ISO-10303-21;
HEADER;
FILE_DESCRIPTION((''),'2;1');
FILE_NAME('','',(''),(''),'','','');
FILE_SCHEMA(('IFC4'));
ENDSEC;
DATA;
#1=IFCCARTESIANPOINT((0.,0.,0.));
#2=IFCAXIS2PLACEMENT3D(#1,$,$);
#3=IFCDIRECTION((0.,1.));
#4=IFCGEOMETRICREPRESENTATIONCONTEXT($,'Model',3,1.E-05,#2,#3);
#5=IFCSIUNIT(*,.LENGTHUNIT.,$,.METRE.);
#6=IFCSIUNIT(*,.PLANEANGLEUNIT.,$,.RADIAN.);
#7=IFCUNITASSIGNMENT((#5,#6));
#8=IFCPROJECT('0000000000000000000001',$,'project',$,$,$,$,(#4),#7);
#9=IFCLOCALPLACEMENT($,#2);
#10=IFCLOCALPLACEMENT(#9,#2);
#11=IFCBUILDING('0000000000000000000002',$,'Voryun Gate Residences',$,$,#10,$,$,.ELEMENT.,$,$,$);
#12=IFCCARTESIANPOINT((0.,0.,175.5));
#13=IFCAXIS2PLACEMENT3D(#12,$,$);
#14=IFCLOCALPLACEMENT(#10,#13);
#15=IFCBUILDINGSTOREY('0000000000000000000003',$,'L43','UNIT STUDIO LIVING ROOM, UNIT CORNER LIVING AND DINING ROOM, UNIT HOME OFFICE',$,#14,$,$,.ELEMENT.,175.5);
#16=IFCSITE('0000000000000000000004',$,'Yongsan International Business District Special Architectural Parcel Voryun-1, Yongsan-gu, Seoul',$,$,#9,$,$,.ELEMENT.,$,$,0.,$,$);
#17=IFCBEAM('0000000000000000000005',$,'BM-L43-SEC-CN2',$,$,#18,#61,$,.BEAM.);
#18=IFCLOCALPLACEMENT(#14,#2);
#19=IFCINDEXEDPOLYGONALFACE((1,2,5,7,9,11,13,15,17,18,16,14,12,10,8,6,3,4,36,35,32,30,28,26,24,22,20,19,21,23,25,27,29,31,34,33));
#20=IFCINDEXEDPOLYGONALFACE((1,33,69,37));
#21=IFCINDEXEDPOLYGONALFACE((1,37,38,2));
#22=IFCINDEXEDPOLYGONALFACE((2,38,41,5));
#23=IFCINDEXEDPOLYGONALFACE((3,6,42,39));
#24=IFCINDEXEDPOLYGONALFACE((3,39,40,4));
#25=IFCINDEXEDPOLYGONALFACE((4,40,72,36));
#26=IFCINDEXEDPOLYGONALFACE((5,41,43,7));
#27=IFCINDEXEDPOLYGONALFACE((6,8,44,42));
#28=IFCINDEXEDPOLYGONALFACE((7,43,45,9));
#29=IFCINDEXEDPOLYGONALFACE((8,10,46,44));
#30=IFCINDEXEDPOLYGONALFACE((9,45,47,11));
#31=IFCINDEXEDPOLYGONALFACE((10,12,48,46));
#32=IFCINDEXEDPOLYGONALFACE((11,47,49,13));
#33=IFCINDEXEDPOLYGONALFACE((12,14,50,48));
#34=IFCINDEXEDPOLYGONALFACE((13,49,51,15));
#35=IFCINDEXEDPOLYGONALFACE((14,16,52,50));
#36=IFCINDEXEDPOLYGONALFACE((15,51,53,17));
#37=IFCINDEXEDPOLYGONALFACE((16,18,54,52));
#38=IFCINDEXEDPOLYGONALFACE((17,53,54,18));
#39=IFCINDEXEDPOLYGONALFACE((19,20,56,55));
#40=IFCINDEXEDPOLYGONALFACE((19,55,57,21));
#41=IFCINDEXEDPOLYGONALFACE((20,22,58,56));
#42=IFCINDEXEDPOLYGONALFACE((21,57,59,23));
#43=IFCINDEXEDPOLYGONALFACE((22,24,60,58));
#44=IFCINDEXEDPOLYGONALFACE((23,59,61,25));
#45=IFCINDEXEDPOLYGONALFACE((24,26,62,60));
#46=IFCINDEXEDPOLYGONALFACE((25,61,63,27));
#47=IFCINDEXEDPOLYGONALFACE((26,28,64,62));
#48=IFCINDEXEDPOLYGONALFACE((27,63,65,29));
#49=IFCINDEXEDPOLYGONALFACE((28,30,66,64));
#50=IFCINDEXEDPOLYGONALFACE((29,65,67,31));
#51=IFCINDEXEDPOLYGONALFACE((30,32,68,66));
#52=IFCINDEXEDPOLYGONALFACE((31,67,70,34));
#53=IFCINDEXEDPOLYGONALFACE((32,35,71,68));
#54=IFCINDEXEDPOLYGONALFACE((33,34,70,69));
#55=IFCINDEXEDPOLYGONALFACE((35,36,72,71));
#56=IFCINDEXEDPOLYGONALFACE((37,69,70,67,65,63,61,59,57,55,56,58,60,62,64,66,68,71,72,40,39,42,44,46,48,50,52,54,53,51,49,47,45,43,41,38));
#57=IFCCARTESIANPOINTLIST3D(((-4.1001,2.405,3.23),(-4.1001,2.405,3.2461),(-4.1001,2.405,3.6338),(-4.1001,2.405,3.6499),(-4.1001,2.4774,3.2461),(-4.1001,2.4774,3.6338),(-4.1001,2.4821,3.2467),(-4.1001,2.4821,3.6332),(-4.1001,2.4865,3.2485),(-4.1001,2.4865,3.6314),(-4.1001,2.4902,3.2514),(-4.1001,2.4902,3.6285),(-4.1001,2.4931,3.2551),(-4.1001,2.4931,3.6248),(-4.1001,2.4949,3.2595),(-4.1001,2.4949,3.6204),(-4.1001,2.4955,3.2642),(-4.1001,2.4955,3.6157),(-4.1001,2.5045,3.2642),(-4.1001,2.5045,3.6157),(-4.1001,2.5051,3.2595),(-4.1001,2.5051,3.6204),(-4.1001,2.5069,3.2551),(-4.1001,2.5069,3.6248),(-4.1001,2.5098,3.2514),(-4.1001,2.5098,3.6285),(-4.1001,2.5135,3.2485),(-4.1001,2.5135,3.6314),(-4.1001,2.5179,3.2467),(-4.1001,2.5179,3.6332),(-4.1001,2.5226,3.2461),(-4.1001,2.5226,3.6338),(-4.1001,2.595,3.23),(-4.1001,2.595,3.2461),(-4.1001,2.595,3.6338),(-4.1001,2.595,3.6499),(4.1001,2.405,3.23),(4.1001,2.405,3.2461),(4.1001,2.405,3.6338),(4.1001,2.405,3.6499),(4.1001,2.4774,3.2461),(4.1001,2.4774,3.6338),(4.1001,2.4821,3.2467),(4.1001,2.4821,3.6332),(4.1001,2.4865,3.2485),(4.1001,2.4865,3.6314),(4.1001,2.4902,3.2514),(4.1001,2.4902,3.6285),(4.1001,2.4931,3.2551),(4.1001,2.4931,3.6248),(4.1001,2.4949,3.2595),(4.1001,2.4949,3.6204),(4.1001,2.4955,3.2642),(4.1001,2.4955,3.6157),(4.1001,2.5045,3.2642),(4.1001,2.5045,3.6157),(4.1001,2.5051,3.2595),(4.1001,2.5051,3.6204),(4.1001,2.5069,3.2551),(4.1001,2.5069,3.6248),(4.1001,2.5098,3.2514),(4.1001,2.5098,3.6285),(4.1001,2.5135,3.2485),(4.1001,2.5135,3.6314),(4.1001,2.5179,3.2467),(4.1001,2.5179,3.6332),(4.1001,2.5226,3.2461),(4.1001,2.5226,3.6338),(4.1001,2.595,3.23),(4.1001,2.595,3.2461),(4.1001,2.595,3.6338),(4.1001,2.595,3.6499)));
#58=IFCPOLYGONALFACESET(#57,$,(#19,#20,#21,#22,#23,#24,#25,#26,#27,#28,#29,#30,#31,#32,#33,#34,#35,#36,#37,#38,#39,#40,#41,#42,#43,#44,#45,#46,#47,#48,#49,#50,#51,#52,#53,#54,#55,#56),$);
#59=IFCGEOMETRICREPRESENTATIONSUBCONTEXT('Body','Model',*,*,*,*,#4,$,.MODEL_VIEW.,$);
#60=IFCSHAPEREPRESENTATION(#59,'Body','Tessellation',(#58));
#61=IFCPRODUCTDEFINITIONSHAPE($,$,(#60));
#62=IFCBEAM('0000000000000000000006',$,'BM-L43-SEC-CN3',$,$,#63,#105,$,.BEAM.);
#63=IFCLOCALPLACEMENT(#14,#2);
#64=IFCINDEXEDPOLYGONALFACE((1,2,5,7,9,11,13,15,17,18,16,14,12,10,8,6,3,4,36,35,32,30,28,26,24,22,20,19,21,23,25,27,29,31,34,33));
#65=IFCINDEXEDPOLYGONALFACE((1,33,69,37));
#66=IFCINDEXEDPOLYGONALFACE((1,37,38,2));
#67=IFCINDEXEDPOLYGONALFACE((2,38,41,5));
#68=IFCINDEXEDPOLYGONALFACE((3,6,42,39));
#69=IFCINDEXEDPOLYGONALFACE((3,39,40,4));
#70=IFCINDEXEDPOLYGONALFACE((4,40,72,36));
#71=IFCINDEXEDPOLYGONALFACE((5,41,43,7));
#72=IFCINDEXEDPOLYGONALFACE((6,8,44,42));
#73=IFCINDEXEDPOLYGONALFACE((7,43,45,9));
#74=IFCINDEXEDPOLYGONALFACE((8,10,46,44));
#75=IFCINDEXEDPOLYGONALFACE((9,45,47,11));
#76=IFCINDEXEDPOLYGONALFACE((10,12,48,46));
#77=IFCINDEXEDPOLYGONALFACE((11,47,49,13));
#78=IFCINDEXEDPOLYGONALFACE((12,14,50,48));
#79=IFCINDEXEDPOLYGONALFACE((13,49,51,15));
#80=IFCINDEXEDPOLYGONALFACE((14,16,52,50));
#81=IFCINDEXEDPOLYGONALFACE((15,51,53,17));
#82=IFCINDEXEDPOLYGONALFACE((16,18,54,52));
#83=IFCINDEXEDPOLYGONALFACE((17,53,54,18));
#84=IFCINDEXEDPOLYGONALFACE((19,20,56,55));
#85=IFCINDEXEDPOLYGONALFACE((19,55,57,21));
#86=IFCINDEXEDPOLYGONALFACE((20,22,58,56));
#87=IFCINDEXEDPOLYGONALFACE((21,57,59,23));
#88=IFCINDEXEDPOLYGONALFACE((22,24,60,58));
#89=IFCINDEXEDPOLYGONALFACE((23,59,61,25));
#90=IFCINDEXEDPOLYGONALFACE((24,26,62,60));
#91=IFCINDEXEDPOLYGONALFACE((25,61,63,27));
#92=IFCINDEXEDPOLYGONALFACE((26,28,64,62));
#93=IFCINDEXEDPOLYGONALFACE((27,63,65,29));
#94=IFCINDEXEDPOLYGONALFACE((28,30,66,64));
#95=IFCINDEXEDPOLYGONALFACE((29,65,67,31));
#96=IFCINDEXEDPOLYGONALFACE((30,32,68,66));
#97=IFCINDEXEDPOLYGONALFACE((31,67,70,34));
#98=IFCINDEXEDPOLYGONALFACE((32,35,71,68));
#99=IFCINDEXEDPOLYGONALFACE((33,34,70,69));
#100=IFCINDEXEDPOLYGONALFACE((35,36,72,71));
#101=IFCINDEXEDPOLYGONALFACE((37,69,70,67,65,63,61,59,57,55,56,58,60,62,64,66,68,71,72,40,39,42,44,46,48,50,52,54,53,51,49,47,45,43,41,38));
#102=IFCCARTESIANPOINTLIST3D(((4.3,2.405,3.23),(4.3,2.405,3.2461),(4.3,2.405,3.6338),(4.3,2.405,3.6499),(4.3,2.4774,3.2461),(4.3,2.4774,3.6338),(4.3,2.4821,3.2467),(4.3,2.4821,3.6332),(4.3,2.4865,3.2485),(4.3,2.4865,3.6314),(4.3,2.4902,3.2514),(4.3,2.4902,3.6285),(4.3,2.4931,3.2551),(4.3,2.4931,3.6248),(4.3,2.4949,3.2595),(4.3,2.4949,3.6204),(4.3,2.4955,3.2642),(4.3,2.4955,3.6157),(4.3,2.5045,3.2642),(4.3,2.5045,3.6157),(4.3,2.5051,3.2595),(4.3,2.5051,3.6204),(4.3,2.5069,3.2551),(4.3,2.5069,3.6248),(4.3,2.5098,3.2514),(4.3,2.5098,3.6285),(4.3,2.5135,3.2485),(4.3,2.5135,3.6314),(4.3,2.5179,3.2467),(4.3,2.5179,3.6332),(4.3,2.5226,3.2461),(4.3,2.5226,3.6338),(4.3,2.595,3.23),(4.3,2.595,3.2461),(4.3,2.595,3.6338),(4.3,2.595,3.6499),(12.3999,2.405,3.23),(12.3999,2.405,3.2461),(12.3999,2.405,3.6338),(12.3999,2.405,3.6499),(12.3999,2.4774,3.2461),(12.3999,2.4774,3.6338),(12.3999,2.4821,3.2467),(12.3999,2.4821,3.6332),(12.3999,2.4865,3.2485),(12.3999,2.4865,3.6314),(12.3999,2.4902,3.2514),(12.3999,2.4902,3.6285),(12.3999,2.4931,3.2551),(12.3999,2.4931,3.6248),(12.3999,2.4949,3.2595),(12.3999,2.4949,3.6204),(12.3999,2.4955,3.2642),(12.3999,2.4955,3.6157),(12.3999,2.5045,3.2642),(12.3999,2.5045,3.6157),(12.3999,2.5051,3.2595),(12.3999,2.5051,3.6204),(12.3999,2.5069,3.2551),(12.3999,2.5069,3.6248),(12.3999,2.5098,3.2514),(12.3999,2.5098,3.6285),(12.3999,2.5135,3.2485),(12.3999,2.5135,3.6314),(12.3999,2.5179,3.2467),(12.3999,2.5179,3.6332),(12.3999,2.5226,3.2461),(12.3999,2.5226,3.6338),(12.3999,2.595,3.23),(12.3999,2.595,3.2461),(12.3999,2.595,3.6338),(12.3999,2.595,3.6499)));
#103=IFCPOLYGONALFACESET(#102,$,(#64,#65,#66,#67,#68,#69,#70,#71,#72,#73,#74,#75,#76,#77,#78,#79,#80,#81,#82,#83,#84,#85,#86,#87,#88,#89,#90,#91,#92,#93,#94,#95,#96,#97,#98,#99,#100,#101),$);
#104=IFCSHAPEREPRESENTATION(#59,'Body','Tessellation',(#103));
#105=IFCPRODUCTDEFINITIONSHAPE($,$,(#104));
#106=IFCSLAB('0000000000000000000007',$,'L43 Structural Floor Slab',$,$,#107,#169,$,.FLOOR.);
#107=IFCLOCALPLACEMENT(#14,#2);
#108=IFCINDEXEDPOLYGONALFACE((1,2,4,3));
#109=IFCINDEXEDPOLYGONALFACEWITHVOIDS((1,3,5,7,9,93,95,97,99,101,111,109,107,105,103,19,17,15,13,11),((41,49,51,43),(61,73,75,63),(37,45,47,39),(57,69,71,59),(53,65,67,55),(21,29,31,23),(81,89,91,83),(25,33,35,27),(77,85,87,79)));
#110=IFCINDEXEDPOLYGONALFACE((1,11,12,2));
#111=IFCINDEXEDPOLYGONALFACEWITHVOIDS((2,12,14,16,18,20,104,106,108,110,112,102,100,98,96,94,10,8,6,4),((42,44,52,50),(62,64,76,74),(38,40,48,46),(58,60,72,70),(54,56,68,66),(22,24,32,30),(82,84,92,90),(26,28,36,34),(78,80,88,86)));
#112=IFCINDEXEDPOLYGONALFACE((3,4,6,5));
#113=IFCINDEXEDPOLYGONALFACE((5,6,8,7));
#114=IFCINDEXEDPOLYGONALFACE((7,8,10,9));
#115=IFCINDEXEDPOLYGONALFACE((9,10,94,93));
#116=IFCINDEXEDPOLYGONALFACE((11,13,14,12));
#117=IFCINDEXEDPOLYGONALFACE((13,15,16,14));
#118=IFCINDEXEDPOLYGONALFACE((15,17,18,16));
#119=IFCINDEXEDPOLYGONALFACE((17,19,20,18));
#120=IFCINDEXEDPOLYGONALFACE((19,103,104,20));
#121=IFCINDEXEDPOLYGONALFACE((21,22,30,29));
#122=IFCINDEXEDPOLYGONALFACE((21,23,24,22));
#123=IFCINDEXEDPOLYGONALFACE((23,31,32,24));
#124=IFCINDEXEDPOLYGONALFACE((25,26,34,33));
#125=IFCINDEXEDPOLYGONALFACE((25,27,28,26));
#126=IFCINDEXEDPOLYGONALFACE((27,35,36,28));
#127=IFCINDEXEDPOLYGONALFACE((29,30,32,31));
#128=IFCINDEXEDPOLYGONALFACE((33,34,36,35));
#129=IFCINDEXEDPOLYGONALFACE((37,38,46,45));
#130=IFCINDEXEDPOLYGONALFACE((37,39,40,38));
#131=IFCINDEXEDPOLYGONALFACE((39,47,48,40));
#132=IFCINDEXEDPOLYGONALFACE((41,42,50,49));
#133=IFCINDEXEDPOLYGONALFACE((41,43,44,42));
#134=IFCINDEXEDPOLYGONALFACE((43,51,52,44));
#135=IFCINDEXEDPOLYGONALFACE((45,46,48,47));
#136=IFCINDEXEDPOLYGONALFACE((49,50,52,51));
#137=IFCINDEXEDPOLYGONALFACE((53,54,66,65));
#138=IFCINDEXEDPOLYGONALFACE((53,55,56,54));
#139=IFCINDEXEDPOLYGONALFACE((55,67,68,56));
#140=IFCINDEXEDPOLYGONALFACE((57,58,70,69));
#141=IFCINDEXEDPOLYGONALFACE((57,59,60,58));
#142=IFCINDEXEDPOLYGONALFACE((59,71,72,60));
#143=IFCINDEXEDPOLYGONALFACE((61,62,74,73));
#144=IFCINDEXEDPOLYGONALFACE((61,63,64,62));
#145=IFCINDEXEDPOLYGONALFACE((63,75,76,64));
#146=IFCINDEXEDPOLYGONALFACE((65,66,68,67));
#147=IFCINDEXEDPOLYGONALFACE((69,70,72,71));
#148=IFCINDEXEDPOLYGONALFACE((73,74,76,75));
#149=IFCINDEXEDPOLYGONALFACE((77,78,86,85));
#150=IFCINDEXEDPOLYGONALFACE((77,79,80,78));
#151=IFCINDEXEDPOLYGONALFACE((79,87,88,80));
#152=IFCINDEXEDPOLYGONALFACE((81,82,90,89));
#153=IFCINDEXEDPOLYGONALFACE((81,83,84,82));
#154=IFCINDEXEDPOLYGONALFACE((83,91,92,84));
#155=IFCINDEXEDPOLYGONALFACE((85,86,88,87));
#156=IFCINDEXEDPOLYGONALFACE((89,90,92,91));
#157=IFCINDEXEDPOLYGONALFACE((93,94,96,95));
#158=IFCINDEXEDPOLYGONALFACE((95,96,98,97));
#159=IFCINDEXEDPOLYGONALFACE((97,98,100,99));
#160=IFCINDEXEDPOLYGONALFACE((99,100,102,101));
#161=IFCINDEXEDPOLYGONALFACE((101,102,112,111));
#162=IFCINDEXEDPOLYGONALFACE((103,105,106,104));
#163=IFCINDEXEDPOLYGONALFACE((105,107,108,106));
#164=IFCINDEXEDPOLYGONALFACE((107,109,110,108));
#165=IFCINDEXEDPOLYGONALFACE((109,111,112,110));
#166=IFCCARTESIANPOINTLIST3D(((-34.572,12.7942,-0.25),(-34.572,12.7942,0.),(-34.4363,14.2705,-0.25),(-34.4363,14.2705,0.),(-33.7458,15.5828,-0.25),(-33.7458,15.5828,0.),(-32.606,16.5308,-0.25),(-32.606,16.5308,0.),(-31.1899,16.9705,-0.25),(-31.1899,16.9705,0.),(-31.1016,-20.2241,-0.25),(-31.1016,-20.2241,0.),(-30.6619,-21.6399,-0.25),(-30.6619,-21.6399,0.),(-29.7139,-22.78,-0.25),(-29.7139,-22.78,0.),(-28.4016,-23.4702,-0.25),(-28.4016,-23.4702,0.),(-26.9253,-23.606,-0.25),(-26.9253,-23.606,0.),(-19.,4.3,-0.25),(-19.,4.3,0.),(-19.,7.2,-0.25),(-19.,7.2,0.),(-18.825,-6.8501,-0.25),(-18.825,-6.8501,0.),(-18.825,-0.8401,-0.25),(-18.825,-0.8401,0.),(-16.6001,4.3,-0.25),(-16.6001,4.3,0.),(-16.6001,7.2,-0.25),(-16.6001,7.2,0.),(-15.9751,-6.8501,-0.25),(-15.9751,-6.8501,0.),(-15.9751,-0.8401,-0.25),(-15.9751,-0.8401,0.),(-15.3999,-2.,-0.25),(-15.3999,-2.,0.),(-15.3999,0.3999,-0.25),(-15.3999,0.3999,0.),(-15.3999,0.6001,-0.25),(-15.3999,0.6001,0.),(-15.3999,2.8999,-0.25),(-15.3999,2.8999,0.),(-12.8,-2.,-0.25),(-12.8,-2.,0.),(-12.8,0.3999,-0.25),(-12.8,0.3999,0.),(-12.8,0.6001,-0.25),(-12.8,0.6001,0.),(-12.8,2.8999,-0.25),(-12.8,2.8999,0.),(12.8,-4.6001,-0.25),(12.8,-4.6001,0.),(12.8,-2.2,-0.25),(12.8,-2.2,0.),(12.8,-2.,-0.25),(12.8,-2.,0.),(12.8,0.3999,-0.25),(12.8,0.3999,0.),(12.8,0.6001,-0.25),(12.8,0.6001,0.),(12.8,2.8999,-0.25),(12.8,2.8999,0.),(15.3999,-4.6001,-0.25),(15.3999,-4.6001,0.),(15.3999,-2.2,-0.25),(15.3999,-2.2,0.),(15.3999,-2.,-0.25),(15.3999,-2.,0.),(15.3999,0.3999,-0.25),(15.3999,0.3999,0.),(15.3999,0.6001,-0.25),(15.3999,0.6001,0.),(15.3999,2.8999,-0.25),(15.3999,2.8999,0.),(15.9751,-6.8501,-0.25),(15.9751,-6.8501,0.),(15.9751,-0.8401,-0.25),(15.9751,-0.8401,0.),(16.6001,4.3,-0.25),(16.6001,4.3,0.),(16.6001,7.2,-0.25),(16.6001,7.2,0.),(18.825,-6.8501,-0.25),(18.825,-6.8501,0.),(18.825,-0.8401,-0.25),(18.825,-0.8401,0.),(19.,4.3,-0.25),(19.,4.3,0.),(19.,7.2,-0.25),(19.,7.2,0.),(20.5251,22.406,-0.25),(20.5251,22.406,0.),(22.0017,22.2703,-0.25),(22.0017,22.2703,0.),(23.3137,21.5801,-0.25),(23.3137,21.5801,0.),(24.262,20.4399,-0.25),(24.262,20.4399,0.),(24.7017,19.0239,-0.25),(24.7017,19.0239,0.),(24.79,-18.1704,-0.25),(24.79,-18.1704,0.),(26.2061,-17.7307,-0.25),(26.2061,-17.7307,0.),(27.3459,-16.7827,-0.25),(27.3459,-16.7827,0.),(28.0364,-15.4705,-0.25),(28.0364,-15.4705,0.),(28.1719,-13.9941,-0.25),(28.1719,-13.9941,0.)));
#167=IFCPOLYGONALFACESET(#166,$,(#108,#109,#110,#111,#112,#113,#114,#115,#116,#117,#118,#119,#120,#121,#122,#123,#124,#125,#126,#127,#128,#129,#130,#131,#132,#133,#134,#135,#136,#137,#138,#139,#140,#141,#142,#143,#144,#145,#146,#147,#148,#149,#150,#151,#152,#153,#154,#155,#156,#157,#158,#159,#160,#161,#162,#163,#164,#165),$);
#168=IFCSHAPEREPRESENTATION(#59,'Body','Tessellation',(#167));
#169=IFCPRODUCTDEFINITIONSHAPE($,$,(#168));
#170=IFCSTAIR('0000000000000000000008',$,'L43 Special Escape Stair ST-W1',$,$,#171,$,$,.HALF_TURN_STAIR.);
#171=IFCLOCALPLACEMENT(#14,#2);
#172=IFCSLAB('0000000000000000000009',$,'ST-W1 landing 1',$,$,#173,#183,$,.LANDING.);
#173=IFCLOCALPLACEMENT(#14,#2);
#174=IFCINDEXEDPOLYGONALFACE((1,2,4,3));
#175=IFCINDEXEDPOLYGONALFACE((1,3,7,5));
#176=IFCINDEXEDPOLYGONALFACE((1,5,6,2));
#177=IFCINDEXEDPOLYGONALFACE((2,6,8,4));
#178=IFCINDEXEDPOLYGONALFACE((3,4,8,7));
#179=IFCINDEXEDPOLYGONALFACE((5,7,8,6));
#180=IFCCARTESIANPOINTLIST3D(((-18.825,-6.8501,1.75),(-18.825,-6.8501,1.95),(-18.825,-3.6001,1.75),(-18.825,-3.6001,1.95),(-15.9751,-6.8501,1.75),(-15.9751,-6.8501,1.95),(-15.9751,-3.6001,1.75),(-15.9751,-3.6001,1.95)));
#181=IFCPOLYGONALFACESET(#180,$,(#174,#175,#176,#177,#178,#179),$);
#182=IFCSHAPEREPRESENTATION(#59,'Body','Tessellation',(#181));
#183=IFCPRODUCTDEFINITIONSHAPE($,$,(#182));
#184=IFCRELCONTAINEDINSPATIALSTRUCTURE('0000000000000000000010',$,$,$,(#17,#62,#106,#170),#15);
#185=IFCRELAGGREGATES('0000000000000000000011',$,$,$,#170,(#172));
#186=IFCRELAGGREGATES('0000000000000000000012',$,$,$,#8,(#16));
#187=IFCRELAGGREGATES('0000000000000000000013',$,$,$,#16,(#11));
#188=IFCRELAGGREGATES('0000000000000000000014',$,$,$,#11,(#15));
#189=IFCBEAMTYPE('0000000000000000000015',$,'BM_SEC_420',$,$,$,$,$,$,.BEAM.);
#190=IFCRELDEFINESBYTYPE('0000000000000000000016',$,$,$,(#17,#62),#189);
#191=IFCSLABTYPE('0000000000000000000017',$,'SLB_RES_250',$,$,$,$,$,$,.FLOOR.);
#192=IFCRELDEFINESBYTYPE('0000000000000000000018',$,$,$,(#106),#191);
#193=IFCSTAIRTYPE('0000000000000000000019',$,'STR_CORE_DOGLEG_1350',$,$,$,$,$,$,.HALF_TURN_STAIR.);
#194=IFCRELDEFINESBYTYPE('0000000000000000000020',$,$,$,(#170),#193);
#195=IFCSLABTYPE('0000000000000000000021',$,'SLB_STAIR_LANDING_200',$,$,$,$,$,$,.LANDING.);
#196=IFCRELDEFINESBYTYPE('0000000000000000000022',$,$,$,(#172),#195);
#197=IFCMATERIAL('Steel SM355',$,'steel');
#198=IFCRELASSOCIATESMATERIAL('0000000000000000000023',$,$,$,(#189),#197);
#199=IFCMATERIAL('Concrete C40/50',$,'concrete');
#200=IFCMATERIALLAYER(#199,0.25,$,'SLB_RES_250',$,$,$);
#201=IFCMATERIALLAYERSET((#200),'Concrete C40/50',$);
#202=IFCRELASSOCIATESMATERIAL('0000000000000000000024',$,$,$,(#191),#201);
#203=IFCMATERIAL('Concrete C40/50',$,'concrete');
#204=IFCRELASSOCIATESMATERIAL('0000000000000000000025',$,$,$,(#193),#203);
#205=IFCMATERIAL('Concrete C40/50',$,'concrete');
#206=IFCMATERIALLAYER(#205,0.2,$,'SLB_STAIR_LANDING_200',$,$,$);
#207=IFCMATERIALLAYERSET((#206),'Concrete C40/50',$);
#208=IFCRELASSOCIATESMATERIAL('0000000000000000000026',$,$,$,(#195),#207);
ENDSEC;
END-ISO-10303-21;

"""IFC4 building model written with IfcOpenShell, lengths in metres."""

from ifc_helpers import new_model, si_unit, direction, frame, origin, origin_2d, place, context, subcontext, project, spatial, polyline, i_section, outline, extrude, material, layer, layer_set, material_profile, profile_set, type_object, element, aggregate, save


model = new_model("IFC4")

# Units and contexts
model_context = context("Model", 3, precision=1e-05, world=origin(), true_north=direction((0.0, 1.0)))
body_context = subcontext(model_context, "Body", "Model", "MODEL_VIEW")
ifc_project = project(units=[si_unit("LENGTHUNIT", "METRE"), si_unit("PLANEANGLEUNIT", "RADIAN")], contexts=[model_context])

# Site, building, storey
site_placement = place(None, origin())
site = spatial("IfcSite", under=ifc_project, at=site_placement, Name="Yongsan International Business District Special Architectural Parcel Voryun-1, Yongsan-gu, Seoul", CompositionType="ELEMENT", RefElevation=0.0)
building_placement = place(site_placement, origin())
building = spatial("IfcBuilding", under=site, at=building_placement, Name="Voryun Gate Residences", CompositionType="ELEMENT")
storey_placement = place(building_placement, frame((0.0, 0.0, 175.5)))
storey = spatial("IfcBuildingStorey", under=building, at=storey_placement, Name="L43", Description="UNIT STUDIO LIVING ROOM, UNIT CORNER LIVING AND DINING ROOM, UNIT HOME OFFICE", CompositionType="ELEMENT", Elevation=175.5)

# Beams
ifc_material_1 = material(Name="Steel SM355", Category="steel")
ifc_material_profile_1 = material_profile(ifc_material_1, i_section(OverallWidth=0.1899, OverallDepth=0.4199, WebThickness=0.009, FlangeThickness=0.0161, FilletRadius=0.0181, at=origin_2d()), Name="H-420x190x9x16")
ifc_profile_set_1 = profile_set([ifc_material_profile_1], Name="Steel SM355")
beam_type_1 = type_object("IfcBeamType", Name="BM_SEC_420", PredefinedType="BEAM", material=ifc_profile_set_1)
beam_1_placement = place(storey_placement, frame((-4.1001, 2.5, 3.4399), z_axis=(1.0, 0.0, 0.0), x_axis=(0.0, 1.0, 0.0)))
element("IfcBeam", 1, at=beam_1_placement, inside=storey, type_object=beam_type_1, Name="BM-L43-SEC-CN2", PredefinedType="BEAM", context=body_context, shape_type="SweptSolid", body=[
    extrude(i_section(OverallWidth=0.1899, OverallDepth=0.4199, WebThickness=0.009, FlangeThickness=0.0161, FilletRadius=0.0181, at=origin_2d()), origin(), (0.0, 0.0, 1.0), 8.2002),
])
beam_2_placement = place(storey_placement, frame((4.3, 2.5, 3.4399), z_axis=(1.0, 0.0, 0.0), x_axis=(0.0, 1.0, 0.0)))
element("IfcBeam", 2, at=beam_2_placement, inside=storey, type_object=beam_type_1, Name="BM-L43-SEC-CN3", PredefinedType="BEAM", context=body_context, shape_type="SweptSolid", body=[
    extrude(i_section(OverallWidth=0.1899, OverallDepth=0.4199, WebThickness=0.009, FlangeThickness=0.0161, FilletRadius=0.0181, at=origin_2d()), origin(), (0.0, 0.0, 1.0), 8.0999),
])

# Slab
ifc_material_2 = material(Name="Concrete C40/50", Category="concrete")
ifc_layer_1 = layer(ifc_material_2, 0.25, Name="SLB_RES_250")
ifc_layer_set_1 = layer_set([ifc_layer_1], Name="Concrete C40/50")
slab_type_1 = type_object("IfcSlabType", Name="SLB_RES_250", PredefinedType="FLOOR", material=ifc_layer_set_1)
slab_1_placement = place(storey_placement, frame((0.0, 0.0, -0.25)))
element("IfcSlab", 3, at=slab_1_placement, inside=storey, type_object=slab_type_1, Name="L43 Structural Floor Slab", PredefinedType="FLOOR", context=body_context, shape_type="SweptSolid", body=[
    extrude(outline(polyline([(-26.9253, -23.606), (-28.4016, -23.4702), (-29.7139, -22.78), (-30.6619, -21.6399), (-31.1016, -20.2241), (-34.572, 12.7942), (-34.4363, 14.2705), (-33.7458, 15.5828), (-32.606, 16.5308), (-31.1899, 16.9705), (20.5251, 22.406), (22.0017, 22.2703), (23.3137, 21.5801), (24.262, 20.4399), (24.7017, 19.0239), (28.1719, -13.9941), (28.0364, -15.4705), (27.3459, -16.7827), (26.2061, -17.7307), (24.79, -18.1704), (-26.9253, -23.606)]), holes=[polyline([(-15.9751, -6.8501), (-15.9751, -0.8401), (-18.825, -0.8401), (-18.825, -6.8501), (-15.9751, -6.8501)]), polyline([(18.825, -6.8501), (18.825, -0.8401), (15.9751, -0.8401), (15.9751, -6.8501), (18.825, -6.8501)]), polyline([(15.3999, -2.2), (12.8, -2.2), (12.8, -4.6001), (15.3999, -4.6001), (15.3999, -2.2)]), polyline([(-12.8, 0.3999), (-15.3999, 0.3999), (-15.3999, -2.0), (-12.8, -2.0), (-12.8, 0.3999)]), polyline([(15.3999, 0.3999), (12.8, 0.3999), (12.8, -2.0), (15.3999, -2.0), (15.3999, 0.3999)]), polyline([(-12.8, 2.8999), (-15.3999, 2.8999), (-15.3999, 0.6001), (-12.8, 0.6001), (-12.8, 2.8999)]), polyline([(15.3999, 2.8999), (12.8, 2.8999), (12.8, 0.6001), (15.3999, 0.6001), (15.3999, 2.8999)]), polyline([(-16.6001, 4.3), (-16.6001, 7.2), (-19.0, 7.2), (-19.0, 4.3), (-16.6001, 4.3)]), polyline([(19.0, 4.3), (19.0, 7.2), (16.6001, 7.2), (16.6001, 4.3), (19.0, 4.3)])]), origin(), (0.0, 0.0, 1.0), 0.25),
])

# Stair, slab
ifc_material_3 = material(Name="Concrete C40/50", Category="concrete")
stair_type = type_object("IfcStairType", Name="STR_CORE_DOGLEG_1350", PredefinedType="HALF_TURN_STAIR", material=ifc_material_3)
stair_1_placement = place(storey_placement, origin())
stair_1 = element("IfcStair", 4, at=stair_1_placement, inside=storey, type_object=stair_type, Name="L43 Special Escape Stair ST-W1", PredefinedType="HALF_TURN_STAIR")
ifc_material_4 = material(Name="Concrete C40/50", Category="concrete")
ifc_layer_2 = layer(ifc_material_4, 0.2, Name="SLB_STAIR_LANDING_200")
ifc_layer_set_2 = layer_set([ifc_layer_2], Name="Concrete C40/50")
slab_type_2 = type_object("IfcSlabType", Name="SLB_STAIR_LANDING_200", PredefinedType="LANDING", material=ifc_layer_set_2)
slab_2_placement = place(storey_placement, frame((0.0, 0.0, 1.75)))
slab_2 = element("IfcSlab", 5, at=slab_2_placement, type_object=slab_type_2, Name="ST-W1 landing 1", PredefinedType="LANDING", context=body_context, shape_type="SweptSolid", body=[
    extrude(outline(polyline([(-18.825, -3.6001), (-18.825, -6.8501), (-15.9751, -6.8501), (-15.9751, -3.6001), (-18.825, -3.6001)])), origin(), (0.0, 0.0, 1.0), 0.2),
])
aggregate(stair_1, [slab_2])

save(model, "model.ifc")
